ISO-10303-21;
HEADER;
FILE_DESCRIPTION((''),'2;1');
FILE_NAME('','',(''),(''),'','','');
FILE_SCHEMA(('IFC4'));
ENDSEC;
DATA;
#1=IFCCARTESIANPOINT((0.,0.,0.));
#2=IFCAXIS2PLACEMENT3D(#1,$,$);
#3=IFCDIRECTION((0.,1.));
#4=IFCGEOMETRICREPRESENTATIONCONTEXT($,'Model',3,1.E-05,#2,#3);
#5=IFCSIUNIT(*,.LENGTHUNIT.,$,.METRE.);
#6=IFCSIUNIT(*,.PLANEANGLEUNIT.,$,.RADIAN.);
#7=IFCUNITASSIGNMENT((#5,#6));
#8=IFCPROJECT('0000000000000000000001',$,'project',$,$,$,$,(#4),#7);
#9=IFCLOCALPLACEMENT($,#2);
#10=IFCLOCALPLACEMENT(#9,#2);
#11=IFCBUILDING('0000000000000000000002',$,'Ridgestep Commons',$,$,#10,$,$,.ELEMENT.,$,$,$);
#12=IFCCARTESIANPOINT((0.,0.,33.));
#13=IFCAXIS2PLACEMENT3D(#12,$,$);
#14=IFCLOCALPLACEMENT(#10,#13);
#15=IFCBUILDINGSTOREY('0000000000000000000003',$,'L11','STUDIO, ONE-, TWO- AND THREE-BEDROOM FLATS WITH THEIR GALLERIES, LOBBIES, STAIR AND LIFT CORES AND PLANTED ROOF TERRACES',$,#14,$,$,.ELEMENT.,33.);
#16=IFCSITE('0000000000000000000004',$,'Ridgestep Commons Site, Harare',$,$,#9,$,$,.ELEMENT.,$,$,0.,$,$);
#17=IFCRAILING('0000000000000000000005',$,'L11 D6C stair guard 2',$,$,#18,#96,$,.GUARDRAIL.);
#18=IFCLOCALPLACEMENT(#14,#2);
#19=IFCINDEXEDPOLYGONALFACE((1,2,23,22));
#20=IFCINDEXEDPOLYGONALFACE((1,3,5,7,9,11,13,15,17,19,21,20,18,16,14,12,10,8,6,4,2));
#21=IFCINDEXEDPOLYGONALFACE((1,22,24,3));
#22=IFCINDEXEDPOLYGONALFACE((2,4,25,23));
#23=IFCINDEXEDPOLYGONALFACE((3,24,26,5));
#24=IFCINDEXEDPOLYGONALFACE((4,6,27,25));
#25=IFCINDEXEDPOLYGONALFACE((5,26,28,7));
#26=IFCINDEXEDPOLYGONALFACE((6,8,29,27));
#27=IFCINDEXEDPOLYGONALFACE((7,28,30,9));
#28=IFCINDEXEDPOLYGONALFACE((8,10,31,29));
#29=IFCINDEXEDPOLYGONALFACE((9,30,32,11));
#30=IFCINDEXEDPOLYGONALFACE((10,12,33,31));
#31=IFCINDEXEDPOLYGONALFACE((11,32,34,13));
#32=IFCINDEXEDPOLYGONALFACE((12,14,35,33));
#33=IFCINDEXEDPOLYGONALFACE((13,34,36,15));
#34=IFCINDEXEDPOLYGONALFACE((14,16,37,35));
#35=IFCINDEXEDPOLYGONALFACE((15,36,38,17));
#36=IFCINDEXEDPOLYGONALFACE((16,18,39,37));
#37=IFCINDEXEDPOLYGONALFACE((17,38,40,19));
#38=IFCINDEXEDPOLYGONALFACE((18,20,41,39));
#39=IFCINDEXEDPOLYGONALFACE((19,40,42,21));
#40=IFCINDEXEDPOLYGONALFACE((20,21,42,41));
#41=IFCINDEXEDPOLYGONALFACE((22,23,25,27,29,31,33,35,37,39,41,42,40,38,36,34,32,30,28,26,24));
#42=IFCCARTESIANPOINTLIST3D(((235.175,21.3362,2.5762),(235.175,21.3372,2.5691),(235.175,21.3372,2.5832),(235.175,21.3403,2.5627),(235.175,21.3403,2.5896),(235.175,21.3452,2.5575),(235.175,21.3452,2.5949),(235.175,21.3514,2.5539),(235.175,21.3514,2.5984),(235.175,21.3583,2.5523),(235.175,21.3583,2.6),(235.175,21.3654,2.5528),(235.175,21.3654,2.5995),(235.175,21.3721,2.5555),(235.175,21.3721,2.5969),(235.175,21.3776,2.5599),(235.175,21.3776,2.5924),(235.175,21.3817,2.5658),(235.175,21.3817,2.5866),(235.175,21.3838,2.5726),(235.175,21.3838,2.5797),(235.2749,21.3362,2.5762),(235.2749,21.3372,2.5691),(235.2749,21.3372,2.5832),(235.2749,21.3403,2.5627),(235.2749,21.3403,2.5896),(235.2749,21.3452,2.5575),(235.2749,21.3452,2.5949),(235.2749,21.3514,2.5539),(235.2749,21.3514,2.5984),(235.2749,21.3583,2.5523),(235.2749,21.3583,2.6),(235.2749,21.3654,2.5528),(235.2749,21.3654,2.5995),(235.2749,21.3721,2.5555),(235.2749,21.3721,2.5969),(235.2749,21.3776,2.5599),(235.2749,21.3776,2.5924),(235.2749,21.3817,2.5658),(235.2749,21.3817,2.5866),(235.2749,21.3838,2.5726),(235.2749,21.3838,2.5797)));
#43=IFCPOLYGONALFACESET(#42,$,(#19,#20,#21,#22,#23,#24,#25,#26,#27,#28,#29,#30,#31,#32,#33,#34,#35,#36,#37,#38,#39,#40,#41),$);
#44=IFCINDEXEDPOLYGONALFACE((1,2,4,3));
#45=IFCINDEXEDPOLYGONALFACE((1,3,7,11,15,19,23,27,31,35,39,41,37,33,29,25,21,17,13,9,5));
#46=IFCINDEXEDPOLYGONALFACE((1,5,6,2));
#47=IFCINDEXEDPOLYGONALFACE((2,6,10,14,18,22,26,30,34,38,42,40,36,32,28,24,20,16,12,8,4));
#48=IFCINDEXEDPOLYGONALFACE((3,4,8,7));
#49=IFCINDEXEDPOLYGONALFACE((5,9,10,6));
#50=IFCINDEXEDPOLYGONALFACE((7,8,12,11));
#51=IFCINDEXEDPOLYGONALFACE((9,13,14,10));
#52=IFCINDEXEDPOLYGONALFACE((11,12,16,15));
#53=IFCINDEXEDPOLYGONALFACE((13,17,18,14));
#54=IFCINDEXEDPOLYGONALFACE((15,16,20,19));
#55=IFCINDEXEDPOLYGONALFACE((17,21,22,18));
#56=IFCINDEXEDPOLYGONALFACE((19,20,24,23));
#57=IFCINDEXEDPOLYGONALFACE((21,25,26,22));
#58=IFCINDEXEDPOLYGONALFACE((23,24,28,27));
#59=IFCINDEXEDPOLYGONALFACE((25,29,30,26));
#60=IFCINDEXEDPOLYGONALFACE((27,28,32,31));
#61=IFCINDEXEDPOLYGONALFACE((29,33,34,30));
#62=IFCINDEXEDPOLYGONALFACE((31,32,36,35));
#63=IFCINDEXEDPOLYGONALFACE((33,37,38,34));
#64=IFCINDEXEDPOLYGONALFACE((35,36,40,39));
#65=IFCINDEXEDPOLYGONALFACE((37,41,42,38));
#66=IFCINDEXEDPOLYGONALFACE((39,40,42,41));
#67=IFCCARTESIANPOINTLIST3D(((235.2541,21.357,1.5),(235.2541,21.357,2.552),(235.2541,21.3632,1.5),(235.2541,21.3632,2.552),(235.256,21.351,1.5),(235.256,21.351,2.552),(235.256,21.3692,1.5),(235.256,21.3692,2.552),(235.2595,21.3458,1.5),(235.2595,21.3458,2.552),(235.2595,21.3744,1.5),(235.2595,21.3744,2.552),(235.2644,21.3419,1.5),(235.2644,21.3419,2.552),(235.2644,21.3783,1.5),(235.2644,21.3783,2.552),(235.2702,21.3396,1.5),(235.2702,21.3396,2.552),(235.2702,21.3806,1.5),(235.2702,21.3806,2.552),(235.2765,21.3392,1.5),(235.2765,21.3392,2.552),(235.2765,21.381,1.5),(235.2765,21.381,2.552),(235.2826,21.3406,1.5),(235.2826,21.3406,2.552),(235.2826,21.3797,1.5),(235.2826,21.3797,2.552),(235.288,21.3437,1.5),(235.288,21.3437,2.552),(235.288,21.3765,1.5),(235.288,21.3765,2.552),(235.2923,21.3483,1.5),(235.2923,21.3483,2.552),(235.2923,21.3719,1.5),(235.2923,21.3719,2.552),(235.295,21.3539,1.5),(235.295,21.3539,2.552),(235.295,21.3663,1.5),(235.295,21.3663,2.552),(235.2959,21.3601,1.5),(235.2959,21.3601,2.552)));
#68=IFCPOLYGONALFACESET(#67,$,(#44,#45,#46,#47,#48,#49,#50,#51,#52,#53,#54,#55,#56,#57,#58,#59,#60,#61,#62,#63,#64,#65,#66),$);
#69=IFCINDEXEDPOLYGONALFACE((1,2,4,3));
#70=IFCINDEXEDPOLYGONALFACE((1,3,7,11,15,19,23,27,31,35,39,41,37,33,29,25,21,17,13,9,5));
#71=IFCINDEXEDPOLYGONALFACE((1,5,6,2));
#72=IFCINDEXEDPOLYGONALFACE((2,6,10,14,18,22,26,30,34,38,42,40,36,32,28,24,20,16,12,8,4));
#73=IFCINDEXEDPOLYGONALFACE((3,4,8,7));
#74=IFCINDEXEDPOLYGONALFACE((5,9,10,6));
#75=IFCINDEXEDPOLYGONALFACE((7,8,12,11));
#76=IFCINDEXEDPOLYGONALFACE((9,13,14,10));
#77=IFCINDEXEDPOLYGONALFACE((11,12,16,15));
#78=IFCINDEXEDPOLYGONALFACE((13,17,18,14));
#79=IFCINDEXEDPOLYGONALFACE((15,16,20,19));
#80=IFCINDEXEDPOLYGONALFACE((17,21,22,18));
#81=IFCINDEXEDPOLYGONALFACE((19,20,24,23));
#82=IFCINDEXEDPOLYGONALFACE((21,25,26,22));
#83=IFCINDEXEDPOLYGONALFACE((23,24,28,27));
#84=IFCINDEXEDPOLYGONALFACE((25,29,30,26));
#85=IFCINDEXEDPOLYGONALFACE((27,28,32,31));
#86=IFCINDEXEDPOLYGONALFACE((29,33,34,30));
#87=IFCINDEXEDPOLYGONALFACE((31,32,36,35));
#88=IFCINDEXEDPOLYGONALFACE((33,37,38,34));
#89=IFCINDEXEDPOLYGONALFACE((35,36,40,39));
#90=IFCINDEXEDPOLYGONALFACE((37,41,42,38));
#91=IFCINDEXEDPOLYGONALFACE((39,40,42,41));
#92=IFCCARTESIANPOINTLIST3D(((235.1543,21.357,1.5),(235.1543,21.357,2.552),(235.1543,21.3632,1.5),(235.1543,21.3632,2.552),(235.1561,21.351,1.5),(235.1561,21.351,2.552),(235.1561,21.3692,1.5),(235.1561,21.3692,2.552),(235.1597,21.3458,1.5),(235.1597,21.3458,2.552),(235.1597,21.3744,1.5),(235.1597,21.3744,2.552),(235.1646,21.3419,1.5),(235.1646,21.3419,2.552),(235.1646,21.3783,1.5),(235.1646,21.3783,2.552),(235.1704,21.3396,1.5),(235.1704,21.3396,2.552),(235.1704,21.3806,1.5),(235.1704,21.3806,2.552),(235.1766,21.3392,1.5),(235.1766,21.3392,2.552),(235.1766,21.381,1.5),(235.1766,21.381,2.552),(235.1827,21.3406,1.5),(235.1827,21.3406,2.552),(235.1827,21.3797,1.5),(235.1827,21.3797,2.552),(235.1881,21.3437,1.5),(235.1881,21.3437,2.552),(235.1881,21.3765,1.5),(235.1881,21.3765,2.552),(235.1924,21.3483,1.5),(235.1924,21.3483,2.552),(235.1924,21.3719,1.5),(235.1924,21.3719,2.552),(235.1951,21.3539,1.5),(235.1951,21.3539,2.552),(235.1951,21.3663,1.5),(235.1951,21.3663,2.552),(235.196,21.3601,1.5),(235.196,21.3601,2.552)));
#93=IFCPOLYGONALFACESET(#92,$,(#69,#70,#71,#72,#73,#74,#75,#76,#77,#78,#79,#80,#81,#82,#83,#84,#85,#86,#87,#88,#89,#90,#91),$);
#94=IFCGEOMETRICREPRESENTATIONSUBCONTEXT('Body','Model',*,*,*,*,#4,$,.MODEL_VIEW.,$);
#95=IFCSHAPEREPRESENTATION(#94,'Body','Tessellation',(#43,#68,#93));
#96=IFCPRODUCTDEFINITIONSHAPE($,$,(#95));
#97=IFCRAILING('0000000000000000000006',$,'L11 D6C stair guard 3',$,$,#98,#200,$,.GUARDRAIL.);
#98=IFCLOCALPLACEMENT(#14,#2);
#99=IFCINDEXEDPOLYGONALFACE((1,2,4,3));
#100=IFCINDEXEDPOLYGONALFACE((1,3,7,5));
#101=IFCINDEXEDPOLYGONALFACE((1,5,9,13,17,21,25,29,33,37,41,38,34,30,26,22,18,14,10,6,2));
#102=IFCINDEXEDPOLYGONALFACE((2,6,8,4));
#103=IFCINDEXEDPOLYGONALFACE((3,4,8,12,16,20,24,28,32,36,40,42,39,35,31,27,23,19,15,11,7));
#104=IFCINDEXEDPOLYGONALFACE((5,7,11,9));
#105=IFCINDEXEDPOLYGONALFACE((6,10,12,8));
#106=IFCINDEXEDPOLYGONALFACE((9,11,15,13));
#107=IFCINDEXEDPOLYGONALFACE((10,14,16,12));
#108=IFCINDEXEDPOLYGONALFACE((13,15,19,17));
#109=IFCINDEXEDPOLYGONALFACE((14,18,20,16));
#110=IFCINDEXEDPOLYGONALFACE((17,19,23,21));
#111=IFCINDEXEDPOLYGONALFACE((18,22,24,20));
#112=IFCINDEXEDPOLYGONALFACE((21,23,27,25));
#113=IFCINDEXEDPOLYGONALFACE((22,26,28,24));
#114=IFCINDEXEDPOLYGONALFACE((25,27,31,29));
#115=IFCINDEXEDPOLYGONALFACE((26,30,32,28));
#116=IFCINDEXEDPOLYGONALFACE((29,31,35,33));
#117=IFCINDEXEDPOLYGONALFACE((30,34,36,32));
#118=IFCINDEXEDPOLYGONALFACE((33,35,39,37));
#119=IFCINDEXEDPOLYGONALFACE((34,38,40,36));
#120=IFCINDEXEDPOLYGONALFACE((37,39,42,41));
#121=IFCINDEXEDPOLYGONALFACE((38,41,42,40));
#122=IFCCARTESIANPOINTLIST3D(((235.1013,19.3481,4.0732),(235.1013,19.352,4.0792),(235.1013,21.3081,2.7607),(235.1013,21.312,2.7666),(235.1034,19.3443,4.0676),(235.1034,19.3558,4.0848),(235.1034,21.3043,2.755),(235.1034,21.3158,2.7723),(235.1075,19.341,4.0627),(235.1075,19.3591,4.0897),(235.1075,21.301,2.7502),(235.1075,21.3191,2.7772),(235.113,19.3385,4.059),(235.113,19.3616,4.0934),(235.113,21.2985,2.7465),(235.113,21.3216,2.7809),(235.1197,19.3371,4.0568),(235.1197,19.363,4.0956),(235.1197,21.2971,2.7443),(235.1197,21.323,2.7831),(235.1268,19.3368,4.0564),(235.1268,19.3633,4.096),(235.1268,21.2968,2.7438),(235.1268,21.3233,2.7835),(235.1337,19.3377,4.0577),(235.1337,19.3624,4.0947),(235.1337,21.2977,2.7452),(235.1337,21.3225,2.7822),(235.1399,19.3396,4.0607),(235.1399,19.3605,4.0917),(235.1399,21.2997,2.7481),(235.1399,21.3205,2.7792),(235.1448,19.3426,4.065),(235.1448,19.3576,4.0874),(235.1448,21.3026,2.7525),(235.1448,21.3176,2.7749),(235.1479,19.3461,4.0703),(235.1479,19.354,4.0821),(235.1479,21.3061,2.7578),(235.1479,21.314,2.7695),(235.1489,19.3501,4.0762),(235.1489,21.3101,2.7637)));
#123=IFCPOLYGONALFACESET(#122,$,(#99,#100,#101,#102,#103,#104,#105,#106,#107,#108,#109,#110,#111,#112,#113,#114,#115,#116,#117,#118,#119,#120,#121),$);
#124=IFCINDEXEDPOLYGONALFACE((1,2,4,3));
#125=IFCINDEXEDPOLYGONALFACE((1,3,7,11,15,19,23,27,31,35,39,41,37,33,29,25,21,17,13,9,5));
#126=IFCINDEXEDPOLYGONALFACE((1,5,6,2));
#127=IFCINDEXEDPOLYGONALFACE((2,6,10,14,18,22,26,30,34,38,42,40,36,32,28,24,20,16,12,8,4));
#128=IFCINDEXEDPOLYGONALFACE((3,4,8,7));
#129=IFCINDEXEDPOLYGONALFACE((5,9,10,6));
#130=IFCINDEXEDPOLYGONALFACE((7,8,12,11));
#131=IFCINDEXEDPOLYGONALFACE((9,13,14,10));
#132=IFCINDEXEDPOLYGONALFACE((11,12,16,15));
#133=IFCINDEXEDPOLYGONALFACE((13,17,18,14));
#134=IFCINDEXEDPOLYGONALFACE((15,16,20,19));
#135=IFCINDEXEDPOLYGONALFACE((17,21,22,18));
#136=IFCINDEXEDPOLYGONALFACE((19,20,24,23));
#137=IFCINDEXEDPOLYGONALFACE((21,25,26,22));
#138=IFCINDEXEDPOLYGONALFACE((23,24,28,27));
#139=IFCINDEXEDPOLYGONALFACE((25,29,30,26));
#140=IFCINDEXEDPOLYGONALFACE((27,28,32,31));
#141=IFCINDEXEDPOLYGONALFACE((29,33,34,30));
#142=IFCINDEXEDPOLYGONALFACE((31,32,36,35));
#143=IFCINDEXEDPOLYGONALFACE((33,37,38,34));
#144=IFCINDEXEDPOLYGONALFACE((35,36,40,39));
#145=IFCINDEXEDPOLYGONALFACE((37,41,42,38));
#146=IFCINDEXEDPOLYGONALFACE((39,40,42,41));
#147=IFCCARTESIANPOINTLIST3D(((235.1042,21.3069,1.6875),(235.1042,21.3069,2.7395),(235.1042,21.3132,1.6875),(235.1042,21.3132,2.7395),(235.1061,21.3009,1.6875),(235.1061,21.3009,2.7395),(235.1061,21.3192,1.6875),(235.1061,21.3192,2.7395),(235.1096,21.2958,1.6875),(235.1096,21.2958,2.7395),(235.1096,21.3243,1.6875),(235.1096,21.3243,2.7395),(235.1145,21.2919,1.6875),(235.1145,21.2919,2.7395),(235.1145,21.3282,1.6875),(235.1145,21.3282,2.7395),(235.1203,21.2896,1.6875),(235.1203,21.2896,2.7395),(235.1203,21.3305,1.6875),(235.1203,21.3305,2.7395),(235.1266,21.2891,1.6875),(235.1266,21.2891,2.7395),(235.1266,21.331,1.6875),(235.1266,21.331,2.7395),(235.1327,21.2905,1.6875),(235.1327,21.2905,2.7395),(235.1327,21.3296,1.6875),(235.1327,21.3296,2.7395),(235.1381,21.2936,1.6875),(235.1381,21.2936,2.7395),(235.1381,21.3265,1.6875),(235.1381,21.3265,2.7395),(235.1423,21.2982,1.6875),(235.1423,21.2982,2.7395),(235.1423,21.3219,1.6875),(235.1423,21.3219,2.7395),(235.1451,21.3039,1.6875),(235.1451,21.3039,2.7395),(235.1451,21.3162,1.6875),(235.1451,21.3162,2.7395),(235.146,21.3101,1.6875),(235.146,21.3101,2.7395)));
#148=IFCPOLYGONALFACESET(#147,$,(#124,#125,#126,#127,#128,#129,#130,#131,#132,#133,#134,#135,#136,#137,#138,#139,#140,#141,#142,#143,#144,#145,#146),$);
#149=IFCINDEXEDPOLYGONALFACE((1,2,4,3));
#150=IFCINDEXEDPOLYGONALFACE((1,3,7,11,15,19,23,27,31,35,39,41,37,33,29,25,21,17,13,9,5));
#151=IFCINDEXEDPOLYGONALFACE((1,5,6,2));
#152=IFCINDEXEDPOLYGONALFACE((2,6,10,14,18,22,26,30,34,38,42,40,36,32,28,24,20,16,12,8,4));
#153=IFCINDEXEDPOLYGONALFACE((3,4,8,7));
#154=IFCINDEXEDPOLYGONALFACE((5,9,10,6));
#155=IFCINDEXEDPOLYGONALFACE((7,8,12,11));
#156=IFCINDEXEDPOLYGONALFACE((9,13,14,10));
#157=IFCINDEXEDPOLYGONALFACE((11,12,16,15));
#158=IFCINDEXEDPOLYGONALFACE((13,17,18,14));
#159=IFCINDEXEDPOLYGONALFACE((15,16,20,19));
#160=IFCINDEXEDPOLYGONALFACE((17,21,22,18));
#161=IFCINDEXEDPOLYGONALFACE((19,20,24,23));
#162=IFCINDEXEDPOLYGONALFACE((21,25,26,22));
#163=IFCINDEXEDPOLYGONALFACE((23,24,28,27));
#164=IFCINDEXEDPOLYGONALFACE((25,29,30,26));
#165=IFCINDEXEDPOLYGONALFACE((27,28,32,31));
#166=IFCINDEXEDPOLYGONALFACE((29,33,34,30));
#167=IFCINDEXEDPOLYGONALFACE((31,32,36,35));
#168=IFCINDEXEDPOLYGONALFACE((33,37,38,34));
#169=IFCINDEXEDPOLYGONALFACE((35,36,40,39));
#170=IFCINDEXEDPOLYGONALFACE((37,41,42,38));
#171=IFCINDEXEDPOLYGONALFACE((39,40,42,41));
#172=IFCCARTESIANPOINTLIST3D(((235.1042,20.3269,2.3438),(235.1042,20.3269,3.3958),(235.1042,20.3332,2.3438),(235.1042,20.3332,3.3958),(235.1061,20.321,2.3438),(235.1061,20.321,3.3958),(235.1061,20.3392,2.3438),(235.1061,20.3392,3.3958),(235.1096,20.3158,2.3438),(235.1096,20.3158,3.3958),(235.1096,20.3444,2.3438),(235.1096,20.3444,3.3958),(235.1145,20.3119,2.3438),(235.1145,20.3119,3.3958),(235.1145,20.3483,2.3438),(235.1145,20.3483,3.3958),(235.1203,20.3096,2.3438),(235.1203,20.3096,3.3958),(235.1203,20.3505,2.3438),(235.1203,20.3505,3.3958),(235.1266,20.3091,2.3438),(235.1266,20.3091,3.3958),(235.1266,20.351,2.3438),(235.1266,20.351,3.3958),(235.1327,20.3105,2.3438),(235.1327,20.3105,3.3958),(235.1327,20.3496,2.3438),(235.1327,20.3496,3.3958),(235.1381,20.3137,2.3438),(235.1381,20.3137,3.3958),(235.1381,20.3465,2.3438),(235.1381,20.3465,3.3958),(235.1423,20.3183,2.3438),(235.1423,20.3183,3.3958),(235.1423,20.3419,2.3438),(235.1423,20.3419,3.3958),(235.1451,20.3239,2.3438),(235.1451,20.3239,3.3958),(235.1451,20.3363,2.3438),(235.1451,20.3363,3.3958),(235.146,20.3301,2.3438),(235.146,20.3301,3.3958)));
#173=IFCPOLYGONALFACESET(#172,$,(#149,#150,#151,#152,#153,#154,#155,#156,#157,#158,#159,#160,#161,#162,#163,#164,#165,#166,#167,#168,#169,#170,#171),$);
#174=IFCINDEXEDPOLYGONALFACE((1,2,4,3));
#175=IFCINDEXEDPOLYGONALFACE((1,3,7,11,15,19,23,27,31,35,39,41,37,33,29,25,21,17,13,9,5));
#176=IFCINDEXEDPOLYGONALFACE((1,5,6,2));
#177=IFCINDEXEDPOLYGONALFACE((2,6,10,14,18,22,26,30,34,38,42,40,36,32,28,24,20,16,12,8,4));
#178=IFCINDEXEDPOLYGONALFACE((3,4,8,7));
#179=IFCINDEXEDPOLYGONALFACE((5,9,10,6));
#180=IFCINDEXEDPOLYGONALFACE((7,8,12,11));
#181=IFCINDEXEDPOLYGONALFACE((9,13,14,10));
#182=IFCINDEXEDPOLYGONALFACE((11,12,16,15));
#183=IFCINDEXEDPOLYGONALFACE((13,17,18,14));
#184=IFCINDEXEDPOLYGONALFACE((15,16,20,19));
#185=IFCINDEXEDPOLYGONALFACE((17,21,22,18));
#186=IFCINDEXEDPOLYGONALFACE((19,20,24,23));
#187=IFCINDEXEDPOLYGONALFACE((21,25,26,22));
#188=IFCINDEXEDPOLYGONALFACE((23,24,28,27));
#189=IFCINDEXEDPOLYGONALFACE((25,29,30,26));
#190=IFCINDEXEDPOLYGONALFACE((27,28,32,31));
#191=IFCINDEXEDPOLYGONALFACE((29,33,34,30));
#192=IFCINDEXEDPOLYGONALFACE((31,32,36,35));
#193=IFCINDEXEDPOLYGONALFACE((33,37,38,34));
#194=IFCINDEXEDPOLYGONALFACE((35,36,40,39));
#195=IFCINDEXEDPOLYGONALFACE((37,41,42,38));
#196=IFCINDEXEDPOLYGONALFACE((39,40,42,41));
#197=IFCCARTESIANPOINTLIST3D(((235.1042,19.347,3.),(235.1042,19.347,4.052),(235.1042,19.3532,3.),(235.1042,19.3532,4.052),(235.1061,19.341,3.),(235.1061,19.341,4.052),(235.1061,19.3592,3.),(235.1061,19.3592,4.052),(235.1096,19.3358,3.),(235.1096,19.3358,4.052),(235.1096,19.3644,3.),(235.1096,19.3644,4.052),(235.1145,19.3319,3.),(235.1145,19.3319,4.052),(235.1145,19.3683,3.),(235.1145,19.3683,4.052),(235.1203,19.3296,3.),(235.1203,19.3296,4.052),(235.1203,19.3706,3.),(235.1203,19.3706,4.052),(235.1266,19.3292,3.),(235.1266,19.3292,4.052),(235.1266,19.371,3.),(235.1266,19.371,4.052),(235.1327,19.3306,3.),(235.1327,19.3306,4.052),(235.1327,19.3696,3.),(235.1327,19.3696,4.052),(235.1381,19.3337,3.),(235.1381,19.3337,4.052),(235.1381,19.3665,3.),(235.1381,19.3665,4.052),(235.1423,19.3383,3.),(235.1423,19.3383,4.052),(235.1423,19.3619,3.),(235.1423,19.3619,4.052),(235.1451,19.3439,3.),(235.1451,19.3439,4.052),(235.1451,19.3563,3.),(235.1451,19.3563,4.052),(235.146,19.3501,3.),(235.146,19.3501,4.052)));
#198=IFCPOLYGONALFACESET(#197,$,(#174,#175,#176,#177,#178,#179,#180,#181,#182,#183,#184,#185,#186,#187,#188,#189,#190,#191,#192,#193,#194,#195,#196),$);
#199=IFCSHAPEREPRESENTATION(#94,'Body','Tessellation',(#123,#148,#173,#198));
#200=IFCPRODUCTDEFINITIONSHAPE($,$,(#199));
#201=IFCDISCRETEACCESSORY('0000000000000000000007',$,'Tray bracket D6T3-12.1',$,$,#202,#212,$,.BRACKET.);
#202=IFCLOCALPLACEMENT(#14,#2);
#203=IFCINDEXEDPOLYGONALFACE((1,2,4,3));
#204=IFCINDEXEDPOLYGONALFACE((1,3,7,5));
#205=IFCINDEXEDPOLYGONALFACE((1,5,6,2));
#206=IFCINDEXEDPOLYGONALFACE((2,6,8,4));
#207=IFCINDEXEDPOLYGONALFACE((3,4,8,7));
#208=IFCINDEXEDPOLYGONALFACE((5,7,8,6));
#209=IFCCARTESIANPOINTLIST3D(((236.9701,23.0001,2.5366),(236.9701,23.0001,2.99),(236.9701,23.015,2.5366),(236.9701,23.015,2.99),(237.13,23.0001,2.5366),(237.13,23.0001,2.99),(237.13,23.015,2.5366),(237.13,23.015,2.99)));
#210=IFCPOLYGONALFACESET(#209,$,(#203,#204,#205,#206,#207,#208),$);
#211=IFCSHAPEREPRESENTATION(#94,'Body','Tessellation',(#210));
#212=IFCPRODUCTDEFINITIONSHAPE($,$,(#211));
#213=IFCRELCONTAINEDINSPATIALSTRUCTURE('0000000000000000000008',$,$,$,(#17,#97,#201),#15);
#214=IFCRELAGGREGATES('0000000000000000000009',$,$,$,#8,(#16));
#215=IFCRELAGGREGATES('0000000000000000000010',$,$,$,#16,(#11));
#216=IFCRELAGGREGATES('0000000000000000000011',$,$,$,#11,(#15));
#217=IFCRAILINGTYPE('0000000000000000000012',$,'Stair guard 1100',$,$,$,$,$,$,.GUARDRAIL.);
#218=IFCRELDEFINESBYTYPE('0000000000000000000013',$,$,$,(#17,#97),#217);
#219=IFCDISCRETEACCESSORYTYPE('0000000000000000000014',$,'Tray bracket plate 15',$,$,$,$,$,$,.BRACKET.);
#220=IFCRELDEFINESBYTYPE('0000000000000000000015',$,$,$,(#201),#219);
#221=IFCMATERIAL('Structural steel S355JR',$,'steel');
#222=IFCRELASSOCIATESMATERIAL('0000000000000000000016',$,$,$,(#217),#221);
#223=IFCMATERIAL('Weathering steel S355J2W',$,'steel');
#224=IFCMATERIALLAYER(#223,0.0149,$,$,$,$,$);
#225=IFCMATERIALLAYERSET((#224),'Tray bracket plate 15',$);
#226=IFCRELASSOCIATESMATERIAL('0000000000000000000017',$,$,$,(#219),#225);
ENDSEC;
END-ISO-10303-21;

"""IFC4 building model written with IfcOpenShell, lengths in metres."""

from ifc_helpers import new_model, si_unit, direction, frame, origin, origin_2d, place, context, subcontext, project, spatial, rectangle, circle, extrude, material, layer, layer_set, type_object, element, save


model = new_model("IFC4")

# Units and contexts
model_context = context("Model", 3, precision=1e-05, world=origin(), true_north=direction((0.0, 1.0)))
body_context = subcontext(model_context, "Body", "Model", "MODEL_VIEW")
ifc_project = project(units=[si_unit("LENGTHUNIT", "METRE"), si_unit("PLANEANGLEUNIT", "RADIAN")], contexts=[model_context])

# Site, building, storey
site_placement = place(None, origin())
site = spatial("IfcSite", under=ifc_project, at=site_placement, Name="Ridgestep Commons Site, Harare", CompositionType="ELEMENT", RefElevation=0.0)
building_placement = place(site_placement, origin())
building = spatial("IfcBuilding", under=site, at=building_placement, Name="Ridgestep Commons", CompositionType="ELEMENT")
storey_placement = place(building_placement, frame((0.0, 0.0, 33.0)))
storey = spatial("IfcBuildingStorey", under=building, at=storey_placement, Name="L11", Description="STUDIO, ONE-, TWO- AND THREE-BEDROOM FLATS WITH THEIR GALLERIES, LOBBIES, STAIR AND LIFT CORES AND PLANTED ROOF TERRACES", CompositionType="ELEMENT", Elevation=33.0)

# Railings
ifc_material_1 = material(Name="Structural steel S355JR", Category="steel")
railing_type = type_object("IfcRailingType", Name="Stair guard 1100", PredefinedType="GUARDRAIL", material=ifc_material_1)
railing_1_placement = place(storey_placement, frame((235.2749, 21.3601, 1.5)))
element("IfcRailing", 1, at=railing_1_placement, inside=storey, type_object=railing_type, Name="L11 D6C stair guard 2", PredefinedType="GUARDRAIL", context=body_context, shape_type="SweptSolid", body=[
    extrude(circle(Radius=0.0239, at=origin_2d()), frame((0.0, 0.0, 1.0762), z_axis=(-1.0, 0.0, 0.0), x_axis=(0.0, -1.0, 0.0)), (0.0, 0.0, 1.0), 0.0999),
    extrude(circle(Radius=0.021, at=origin_2d()), origin(), (0.0, 0.0, 1.0), 1.052),
    extrude(circle(Radius=0.021, at=origin_2d()), frame((-0.0999, 0.0, 0.0)), (0.0, 0.0, 1.0), 1.052),
])
railing_2_placement = place(storey_placement, frame((235.125, 21.3101, 1.6875)))
element("IfcRailing", 2, at=railing_2_placement, inside=storey, type_object=railing_type, Name="L11 D6C stair guard 3", PredefinedType="GUARDRAIL", context=body_context, shape_type="SweptSolid", body=[
    extrude(circle(Radius=0.0239, at=origin_2d()), frame((0.0, 0.0, 1.0762), z_axis=(0.0, -0.830902, 0.556419), x_axis=(1.0, 0.0, 0.0)), (0.0, 0.0, 1.0), 2.3589),
    extrude(circle(Radius=0.021, at=origin_2d()), origin(), (0.0, 0.0, 1.0), 1.052),
    extrude(circle(Radius=0.021, at=origin_2d()), frame((0.0, -0.98, 0.6562)), (0.0, 0.0, 1.0), 1.052),
    extrude(circle(Radius=0.021, at=origin_2d()), frame((0.0, -1.96, 1.3125)), (0.0, 0.0, 1.0), 1.052),
])

# Discrete accessory
ifc_material_2 = material(Name="Weathering steel S355J2W", Category="steel")
ifc_layer_1 = layer(ifc_material_2, 0.0149)
ifc_layer_set_1 = layer_set([ifc_layer_1], Name="Tray bracket plate 15")
discrete_accessory_type = type_object("IfcDiscreteAccessoryType", Name="Tray bracket plate 15", PredefinedType="BRACKET", material=ifc_layer_set_1)
for number, where, z_axis, x_axis, name in (
    (3, (237.05, 23.0076, 2.5366), (0.0, 0.0, 1.0), (1.0, 0.0, 0.0), "Tray bracket D6T3-12.1"),
):
    element("IfcDiscreteAccessory", number, at=place(storey_placement, frame(where, z_axis=z_axis, x_axis=x_axis)), inside=storey, type_object=discrete_accessory_type, Name=name, PredefinedType="BRACKET", context=body_context, shape_type="SweptSolid", body=[
        extrude(rectangle(XDim=0.1599, YDim=0.0149, at=origin_2d()), origin(), (0.0, 0.0, 1.0), 0.4534),
    ])

save(model, "model.ifc")
